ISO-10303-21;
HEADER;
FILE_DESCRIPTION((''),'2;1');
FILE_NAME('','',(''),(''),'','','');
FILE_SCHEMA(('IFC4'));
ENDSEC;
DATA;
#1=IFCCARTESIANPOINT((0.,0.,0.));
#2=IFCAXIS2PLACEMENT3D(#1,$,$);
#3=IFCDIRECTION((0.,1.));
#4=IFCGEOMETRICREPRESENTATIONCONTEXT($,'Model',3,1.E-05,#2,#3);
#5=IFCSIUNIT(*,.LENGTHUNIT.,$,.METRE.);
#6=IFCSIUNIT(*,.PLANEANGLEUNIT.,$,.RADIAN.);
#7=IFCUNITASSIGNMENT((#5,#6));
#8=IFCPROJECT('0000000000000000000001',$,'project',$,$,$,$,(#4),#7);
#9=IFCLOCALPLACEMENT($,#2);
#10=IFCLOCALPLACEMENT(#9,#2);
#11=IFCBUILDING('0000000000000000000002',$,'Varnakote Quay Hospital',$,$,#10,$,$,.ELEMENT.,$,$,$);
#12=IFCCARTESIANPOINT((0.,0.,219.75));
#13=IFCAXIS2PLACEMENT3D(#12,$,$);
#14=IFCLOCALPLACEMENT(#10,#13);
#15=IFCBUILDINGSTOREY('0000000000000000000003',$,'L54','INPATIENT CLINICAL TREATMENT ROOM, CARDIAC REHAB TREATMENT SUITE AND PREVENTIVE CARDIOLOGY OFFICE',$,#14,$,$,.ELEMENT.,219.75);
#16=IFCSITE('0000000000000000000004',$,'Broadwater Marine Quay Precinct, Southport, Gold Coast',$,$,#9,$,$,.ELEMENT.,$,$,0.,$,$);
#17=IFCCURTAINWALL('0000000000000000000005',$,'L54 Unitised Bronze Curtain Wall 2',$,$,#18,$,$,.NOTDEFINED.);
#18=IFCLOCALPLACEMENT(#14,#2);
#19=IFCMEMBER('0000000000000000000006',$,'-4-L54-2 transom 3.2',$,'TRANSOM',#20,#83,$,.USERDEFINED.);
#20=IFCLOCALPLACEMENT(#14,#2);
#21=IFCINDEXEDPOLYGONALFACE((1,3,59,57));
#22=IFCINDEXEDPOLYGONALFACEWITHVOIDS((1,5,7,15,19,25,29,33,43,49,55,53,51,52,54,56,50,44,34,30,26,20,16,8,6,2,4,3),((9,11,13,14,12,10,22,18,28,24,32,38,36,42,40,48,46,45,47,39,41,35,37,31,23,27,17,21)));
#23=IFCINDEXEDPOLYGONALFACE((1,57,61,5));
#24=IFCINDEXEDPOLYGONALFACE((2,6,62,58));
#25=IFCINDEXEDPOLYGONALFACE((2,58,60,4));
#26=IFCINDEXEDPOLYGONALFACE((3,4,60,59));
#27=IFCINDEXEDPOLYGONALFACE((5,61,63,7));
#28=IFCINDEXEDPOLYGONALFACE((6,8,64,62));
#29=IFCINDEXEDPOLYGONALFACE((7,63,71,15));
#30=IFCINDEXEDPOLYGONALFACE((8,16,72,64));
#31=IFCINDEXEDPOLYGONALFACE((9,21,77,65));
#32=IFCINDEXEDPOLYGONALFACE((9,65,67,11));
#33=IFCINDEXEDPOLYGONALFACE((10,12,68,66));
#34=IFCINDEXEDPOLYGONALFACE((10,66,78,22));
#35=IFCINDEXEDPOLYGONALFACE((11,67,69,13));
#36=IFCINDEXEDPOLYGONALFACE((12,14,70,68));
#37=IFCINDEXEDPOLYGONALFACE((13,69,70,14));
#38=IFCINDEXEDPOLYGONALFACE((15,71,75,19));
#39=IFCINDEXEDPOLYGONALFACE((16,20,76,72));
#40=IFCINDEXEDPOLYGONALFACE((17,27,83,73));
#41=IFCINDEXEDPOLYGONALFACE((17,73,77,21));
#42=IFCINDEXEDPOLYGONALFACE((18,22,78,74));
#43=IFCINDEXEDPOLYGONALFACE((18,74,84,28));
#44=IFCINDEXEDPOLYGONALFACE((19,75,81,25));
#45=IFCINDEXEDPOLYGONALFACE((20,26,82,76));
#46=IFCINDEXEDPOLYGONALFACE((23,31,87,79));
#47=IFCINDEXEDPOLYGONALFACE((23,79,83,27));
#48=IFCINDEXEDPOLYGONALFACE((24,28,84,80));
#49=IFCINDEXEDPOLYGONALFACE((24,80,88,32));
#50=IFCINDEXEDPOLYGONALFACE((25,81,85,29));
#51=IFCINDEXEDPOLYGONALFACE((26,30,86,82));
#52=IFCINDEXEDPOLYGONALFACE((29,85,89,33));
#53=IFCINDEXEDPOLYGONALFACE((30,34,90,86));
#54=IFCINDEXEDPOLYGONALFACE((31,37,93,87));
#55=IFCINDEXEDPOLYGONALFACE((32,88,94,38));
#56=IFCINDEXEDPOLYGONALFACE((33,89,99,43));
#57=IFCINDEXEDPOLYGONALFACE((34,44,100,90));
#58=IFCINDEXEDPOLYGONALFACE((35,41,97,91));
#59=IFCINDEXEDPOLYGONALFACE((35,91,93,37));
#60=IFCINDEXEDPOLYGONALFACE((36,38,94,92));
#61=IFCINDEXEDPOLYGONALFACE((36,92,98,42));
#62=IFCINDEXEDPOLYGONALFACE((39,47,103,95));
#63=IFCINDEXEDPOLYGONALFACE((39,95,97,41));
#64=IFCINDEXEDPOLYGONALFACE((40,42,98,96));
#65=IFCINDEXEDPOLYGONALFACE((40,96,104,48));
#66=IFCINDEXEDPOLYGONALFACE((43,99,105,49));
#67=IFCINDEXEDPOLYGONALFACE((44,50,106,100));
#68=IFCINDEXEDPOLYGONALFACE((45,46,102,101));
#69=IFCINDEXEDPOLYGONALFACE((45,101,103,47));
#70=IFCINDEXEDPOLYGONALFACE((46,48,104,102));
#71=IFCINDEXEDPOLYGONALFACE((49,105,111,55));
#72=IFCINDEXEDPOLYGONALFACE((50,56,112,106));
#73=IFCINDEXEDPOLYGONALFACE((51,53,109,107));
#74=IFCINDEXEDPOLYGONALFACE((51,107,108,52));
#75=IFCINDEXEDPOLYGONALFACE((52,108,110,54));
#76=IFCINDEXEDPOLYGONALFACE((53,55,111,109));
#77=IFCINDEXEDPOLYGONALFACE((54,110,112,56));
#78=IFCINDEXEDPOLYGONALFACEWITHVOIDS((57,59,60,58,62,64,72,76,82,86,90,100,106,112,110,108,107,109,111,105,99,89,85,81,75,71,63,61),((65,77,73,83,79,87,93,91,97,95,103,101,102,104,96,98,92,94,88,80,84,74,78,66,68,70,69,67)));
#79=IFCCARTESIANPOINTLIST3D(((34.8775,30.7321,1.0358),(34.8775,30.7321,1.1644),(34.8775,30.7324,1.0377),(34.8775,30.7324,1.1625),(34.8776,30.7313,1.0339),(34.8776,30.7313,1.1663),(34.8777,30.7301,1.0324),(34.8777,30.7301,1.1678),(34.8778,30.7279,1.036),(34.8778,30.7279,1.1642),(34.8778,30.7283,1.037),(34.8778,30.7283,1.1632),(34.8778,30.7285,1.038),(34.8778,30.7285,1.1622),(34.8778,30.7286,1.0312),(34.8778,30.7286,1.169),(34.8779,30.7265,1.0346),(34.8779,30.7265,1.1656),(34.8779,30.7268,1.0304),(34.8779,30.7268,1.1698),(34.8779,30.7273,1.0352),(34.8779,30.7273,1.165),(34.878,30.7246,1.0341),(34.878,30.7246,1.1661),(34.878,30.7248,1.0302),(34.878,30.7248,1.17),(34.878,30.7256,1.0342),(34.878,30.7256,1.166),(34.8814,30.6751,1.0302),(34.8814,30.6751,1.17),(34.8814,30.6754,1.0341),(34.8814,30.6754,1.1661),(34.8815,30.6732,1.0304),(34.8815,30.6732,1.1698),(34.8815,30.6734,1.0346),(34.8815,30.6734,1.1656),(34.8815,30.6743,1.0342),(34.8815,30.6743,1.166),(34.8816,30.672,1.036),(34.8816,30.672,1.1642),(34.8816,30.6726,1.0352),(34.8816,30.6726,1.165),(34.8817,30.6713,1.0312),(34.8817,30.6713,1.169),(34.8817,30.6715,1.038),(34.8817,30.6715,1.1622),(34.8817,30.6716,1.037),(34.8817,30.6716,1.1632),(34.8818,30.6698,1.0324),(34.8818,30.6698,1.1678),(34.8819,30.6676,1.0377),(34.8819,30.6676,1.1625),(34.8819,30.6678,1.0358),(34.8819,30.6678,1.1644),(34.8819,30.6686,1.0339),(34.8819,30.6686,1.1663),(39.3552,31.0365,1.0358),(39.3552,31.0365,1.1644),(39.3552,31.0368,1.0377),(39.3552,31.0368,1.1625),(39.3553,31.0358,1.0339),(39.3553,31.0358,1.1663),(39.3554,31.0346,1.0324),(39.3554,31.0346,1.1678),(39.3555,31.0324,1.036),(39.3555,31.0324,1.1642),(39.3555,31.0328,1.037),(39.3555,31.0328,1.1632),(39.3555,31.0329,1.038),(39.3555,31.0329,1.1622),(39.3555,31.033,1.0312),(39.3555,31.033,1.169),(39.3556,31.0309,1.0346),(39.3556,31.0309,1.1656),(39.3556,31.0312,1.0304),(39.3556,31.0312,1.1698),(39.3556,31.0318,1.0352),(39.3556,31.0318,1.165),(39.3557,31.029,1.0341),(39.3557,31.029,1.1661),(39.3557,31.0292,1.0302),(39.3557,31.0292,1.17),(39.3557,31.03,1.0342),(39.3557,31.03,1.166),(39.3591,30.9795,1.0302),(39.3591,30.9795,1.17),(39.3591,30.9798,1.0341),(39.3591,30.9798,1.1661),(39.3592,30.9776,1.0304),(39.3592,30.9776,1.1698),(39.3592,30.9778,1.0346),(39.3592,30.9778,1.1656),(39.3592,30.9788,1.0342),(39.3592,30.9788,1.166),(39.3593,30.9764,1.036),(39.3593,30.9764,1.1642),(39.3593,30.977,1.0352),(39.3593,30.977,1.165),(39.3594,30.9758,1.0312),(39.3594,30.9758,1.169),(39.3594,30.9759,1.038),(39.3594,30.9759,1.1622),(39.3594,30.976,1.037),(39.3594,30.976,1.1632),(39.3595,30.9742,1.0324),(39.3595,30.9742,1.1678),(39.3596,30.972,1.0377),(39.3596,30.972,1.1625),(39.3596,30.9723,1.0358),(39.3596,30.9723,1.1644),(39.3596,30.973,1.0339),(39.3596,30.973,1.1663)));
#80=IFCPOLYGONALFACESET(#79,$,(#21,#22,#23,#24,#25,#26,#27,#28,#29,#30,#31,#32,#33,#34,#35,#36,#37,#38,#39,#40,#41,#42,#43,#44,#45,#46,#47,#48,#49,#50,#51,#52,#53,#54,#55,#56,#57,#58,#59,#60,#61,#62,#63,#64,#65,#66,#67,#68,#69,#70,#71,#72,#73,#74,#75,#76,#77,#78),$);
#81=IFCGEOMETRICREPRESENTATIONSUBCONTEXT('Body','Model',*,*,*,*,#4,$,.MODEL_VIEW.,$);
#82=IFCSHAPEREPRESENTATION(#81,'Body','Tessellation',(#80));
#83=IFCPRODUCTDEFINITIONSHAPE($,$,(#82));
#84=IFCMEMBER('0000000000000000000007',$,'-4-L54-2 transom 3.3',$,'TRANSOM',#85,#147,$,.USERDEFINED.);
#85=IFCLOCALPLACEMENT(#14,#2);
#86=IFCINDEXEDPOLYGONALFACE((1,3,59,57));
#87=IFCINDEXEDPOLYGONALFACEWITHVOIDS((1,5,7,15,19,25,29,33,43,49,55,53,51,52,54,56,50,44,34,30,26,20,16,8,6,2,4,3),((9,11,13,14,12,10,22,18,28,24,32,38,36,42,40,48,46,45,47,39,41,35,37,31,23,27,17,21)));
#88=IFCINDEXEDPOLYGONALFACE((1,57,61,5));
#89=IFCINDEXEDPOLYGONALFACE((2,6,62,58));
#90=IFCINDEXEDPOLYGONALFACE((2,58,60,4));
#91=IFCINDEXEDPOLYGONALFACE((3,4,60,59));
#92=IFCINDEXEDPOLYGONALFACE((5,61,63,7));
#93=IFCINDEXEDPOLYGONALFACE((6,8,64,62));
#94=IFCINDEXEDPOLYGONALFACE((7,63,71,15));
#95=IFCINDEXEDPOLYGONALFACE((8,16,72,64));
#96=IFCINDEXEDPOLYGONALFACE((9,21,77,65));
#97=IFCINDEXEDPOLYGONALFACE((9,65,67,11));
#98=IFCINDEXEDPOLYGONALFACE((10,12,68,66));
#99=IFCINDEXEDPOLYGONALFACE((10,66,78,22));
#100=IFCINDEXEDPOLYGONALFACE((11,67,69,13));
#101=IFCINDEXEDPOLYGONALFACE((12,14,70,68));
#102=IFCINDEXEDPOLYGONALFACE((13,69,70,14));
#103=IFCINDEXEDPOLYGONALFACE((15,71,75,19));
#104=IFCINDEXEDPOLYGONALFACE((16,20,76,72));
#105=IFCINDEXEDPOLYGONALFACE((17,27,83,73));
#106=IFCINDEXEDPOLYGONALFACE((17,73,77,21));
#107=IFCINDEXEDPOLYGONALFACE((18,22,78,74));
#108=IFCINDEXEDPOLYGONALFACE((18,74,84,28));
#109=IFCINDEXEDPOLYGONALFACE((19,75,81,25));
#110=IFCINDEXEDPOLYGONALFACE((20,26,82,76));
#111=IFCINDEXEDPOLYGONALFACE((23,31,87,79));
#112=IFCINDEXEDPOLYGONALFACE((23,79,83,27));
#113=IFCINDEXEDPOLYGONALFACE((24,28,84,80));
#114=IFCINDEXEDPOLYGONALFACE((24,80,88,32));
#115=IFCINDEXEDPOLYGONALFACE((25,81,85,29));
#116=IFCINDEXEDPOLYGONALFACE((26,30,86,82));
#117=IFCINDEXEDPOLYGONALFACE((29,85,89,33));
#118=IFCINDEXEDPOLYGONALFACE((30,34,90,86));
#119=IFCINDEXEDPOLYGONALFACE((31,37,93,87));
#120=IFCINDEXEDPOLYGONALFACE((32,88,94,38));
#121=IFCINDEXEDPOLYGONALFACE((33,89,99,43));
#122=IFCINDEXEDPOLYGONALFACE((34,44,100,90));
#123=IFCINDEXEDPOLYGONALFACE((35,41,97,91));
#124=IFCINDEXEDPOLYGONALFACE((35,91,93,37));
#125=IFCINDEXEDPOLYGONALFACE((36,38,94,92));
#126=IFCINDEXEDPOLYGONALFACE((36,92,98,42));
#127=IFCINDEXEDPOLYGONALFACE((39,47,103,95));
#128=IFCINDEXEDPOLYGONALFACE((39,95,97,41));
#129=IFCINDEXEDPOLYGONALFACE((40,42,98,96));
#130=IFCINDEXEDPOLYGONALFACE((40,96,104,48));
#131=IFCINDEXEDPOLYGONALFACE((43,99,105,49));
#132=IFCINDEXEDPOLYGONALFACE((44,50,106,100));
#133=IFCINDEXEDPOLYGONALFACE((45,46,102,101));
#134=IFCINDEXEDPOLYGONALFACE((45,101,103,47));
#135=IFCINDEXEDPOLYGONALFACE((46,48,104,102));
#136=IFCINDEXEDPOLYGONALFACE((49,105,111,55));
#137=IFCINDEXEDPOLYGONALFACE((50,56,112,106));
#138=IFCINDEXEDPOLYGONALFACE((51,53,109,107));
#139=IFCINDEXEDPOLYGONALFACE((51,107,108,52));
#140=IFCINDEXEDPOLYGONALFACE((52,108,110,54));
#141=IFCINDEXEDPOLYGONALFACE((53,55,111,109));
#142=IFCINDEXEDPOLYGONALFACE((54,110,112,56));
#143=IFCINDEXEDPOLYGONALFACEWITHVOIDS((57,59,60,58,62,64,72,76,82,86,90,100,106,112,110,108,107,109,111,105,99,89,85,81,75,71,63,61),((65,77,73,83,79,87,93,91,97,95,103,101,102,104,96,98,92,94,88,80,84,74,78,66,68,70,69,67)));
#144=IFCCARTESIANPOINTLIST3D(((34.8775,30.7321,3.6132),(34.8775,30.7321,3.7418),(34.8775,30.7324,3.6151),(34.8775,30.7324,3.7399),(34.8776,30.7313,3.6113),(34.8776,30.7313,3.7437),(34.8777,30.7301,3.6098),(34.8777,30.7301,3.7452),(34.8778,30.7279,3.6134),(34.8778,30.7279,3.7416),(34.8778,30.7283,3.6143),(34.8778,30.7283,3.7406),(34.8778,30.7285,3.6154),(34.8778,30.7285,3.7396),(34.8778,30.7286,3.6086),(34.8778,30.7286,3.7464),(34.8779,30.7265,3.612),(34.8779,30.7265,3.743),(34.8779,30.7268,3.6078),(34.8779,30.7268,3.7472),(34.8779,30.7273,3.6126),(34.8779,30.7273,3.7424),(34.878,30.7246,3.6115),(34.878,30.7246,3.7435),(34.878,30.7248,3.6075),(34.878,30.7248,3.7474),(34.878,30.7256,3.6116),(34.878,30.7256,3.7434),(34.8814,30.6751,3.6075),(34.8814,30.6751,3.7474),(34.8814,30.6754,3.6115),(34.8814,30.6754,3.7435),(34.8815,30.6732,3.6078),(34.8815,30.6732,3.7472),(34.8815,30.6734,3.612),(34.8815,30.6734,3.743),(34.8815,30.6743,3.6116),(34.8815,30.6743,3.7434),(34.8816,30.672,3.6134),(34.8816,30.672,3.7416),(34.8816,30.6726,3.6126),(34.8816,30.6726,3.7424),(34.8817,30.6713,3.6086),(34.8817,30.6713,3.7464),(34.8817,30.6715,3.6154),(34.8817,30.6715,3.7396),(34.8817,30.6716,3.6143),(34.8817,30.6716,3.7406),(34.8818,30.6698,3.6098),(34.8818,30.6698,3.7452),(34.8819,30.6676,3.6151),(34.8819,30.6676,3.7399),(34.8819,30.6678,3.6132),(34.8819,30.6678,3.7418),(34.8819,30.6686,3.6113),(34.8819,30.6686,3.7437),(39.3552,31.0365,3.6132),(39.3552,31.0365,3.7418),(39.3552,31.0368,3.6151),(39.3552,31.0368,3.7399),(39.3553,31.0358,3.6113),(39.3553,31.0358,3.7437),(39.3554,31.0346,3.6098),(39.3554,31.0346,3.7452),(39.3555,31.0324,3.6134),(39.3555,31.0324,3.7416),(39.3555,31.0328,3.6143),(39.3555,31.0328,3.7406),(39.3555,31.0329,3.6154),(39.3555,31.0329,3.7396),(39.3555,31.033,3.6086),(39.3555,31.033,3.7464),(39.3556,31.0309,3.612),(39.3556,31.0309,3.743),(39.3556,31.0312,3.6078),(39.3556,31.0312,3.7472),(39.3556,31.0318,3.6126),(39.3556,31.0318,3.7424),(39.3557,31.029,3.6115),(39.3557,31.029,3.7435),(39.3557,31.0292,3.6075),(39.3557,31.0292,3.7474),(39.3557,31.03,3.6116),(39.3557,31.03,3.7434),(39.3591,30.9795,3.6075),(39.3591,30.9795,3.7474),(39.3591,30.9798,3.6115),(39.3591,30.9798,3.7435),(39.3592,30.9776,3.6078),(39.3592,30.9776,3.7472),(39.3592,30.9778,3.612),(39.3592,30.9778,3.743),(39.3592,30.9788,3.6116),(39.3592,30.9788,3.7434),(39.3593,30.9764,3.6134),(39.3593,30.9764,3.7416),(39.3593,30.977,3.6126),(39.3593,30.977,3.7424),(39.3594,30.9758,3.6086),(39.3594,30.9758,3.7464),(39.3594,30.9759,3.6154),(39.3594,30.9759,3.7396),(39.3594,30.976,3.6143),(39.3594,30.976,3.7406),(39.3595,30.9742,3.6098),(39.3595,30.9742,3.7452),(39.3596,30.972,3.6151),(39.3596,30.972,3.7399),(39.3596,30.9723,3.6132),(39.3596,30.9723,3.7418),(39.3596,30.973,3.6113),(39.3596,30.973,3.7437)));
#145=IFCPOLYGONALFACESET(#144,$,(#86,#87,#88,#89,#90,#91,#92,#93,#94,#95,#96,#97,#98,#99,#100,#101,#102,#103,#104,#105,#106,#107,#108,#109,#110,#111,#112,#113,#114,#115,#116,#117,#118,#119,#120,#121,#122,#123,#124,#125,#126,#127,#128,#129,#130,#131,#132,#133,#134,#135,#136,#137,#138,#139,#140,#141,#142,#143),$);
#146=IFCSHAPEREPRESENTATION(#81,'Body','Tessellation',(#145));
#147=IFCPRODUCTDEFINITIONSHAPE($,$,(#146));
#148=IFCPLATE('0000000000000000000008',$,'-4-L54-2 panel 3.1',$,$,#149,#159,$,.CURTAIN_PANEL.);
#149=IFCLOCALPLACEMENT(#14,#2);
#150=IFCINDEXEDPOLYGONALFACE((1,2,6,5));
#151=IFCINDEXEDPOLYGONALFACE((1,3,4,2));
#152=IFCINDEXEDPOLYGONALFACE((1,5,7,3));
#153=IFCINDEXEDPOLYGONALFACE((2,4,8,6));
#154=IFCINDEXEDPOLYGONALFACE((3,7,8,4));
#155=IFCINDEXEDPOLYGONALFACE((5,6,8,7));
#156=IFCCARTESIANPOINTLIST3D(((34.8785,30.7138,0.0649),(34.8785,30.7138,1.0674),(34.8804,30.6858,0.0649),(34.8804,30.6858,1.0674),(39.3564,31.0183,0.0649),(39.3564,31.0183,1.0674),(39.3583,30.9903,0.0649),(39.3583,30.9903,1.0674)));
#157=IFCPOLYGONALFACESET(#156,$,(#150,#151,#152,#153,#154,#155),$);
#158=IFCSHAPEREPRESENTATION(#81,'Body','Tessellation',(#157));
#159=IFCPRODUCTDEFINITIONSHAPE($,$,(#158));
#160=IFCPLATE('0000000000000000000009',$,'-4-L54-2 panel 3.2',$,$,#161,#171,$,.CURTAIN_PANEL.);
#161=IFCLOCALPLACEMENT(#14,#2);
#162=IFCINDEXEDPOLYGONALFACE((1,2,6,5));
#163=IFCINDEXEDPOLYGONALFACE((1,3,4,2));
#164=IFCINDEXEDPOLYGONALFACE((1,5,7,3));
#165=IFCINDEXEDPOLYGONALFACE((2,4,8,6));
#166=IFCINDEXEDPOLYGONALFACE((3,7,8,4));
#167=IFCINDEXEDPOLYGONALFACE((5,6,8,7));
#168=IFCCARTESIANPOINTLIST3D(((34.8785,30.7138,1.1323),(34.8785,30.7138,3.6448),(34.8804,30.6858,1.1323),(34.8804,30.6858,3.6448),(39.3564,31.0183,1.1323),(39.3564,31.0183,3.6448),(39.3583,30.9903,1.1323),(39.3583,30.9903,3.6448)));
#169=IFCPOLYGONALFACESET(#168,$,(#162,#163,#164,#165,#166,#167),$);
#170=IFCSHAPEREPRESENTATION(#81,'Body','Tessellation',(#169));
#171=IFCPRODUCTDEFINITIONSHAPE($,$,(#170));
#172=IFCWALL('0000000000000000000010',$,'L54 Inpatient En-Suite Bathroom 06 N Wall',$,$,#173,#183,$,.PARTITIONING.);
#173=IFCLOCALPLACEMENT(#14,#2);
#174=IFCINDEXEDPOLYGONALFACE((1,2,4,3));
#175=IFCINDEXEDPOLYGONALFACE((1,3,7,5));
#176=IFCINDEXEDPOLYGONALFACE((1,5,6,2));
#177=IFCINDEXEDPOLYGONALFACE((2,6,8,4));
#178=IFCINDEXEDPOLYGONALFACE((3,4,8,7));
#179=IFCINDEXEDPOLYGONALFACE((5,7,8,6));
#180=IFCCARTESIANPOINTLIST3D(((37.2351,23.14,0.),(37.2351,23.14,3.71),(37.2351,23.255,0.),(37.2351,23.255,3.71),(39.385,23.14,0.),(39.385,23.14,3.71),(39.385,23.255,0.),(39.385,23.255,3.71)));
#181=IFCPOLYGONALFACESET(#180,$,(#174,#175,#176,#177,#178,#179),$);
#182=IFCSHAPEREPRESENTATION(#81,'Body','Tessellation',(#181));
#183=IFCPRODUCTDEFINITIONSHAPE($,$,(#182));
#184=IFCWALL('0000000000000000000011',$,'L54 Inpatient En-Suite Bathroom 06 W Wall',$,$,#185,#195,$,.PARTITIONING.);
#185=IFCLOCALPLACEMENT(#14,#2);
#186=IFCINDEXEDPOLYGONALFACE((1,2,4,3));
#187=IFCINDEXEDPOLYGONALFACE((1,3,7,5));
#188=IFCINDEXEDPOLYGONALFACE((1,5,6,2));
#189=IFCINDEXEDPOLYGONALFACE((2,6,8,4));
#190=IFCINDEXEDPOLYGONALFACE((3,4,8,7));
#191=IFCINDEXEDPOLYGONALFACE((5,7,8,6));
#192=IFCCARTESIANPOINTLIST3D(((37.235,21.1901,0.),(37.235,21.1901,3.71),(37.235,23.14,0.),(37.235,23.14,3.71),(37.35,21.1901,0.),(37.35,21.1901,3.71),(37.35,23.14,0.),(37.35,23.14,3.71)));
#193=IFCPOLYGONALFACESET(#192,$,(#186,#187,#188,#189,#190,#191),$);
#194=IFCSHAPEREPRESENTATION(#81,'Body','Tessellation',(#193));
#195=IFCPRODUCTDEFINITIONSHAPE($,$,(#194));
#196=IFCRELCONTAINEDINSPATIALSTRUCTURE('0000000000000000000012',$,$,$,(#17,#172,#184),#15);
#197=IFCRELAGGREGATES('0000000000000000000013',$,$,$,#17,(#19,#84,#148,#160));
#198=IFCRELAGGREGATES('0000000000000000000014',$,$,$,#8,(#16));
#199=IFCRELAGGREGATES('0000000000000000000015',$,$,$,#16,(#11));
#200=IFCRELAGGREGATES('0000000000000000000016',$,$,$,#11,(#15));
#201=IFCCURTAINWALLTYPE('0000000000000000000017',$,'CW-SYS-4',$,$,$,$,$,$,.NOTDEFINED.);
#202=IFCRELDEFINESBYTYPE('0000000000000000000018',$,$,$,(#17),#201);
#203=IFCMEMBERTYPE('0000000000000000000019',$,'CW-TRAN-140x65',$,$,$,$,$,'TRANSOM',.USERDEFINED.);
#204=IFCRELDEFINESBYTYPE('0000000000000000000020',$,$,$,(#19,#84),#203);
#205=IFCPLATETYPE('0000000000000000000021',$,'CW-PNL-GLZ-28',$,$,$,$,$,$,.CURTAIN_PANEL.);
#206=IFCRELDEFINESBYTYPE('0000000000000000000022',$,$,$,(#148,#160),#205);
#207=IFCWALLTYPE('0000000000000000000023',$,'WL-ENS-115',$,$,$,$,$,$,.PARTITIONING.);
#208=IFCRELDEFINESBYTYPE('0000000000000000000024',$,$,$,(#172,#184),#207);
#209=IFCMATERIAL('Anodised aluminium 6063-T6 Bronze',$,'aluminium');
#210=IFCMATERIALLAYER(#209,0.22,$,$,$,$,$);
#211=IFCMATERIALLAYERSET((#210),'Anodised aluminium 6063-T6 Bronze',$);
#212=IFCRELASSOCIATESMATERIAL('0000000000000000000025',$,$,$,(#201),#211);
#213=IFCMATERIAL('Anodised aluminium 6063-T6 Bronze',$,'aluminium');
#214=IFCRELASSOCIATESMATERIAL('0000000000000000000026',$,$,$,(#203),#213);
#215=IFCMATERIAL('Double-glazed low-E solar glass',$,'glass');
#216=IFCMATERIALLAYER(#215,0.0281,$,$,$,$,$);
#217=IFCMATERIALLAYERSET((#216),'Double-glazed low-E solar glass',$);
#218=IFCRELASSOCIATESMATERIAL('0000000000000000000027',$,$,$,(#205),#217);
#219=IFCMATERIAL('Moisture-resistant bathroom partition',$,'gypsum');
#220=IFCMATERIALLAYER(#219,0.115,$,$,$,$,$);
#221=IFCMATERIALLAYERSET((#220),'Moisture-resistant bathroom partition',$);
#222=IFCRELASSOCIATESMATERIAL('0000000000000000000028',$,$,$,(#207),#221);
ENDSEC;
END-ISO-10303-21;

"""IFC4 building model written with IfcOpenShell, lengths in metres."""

from ifc_helpers import new_model, si_unit, direction, frame, frame_2d, origin, origin_2d, place, context, subcontext, project, spatial, rectangle, hollow_rectangle, extrude, material, layer, layer_set, material_profile, profile_set, type_object, element, aggregate, save


model = new_model("IFC4")

# Units and contexts
model_context = context("Model", 3, precision=1e-05, world=origin(), true_north=direction((0.0, 1.0)))
body_context = subcontext(model_context, "Body", "Model", "MODEL_VIEW")
ifc_project = project(units=[si_unit("LENGTHUNIT", "METRE"), si_unit("PLANEANGLEUNIT", "RADIAN")], contexts=[model_context])

# Site, building, storey
site_placement = place(None, origin())
site = spatial("IfcSite", under=ifc_project, at=site_placement, Name="Broadwater Marine Quay Precinct, Southport, Gold Coast", CompositionType="ELEMENT", RefElevation=0.0)
building_placement = place(site_placement, origin())
building = spatial("IfcBuilding", under=site, at=building_placement, Name="Varnakote Quay Hospital", CompositionType="ELEMENT")
storey_placement = place(building_placement, frame((0.0, 0.0, 219.75)))
storey = spatial("IfcBuildingStorey", under=building, at=storey_placement, Name="L54", Description="INPATIENT CLINICAL TREATMENT ROOM, CARDIAC REHAB TREATMENT SUITE AND PREVENTIVE CARDIOLOGY OFFICE", CompositionType="ELEMENT", Elevation=219.75)

# Curtain wall, members, plates
ifc_material_1 = material(Name="Anodised aluminium 6063-T6 Bronze", Category="aluminium")
ifc_layer_1 = layer(ifc_material_1, 0.22)
ifc_layer_set_1 = layer_set([ifc_layer_1], Name="Anodised aluminium 6063-T6 Bronze")
curtain_wall_type = type_object("IfcCurtainWallType", Name="CW-SYS-4", PredefinedType="NOTDEFINED", material=ifc_layer_set_1)
curtain_wall_placement = place(storey_placement, origin())
curtain_wall = element("IfcCurtainWall", 1, at=curtain_wall_placement, inside=storey, type_object=curtain_wall_type, Name="L54 Unitised Bronze Curtain Wall 2", PredefinedType="NOTDEFINED")
ifc_material_2 = material(Name="Anodised aluminium 6063-T6 Bronze", Category="aluminium")
ifc_material_profile_1 = material_profile(ifc_material_2, hollow_rectangle(XDim=0.0649, YDim=0.1399, WallThickness=0.0039, InnerFilletRadius=0.0039, OuterFilletRadius=0.0076, at=origin_2d()), Name="CW-TRAN-140x65")
ifc_profile_set_1 = profile_set([ifc_material_profile_1], Name="Anodised aluminium 6063-T6 Bronze")
member_type_1 = type_object("IfcMemberType", Name="CW-TRAN-140x65", ElementType="TRANSOM", PredefinedType="USERDEFINED", material=ifc_profile_set_1)
member_1_placement = place(storey_placement, frame((39.3574, 31.0044, 1.1001), z_axis=(-0.997697, -0.067833, 0.0), x_axis=(0.067833, -0.997697, 0.0)))
member_1 = element("IfcMember", 2, at=member_1_placement, type_object=member_type_1, Name="-4-L54-2 transom 3.2", ObjectType="TRANSOM", PredefinedType="USERDEFINED", context=body_context, shape_type="SweptSolid", body=[
    extrude(hollow_rectangle(XDim=0.0649, YDim=0.1399, WallThickness=0.0039, InnerFilletRadius=0.0039, OuterFilletRadius=0.0076, at=origin_2d()), origin(), (0.0, 0.0, 1.0), 4.488),
])
member_2_placement = place(storey_placement, frame((39.3574, 31.0044, 3.6775), z_axis=(-0.997697, -0.067833, 0.0), x_axis=(0.067833, -0.997697, 0.0)))
member_2 = element("IfcMember", 3, at=member_2_placement, type_object=member_type_1, Name="-4-L54-2 transom 3.3", ObjectType="TRANSOM", PredefinedType="USERDEFINED", context=body_context, shape_type="SweptSolid", body=[
    extrude(hollow_rectangle(XDim=0.0649, YDim=0.1399, WallThickness=0.0039, InnerFilletRadius=0.0039, OuterFilletRadius=0.0076, at=origin_2d()), origin(), (0.0, 0.0, 1.0), 4.488),
])
ifc_material_3 = material(Name="Double-glazed low-E solar glass", Category="glass")
ifc_layer_2 = layer(ifc_material_3, 0.0281)
ifc_layer_set_2 = layer_set([ifc_layer_2], Name="Double-glazed low-E solar glass")
plate_type = type_object("IfcPlateType", Name="CW-PNL-GLZ-28", PredefinedType="CURTAIN_PANEL", material=ifc_layer_set_2)
plate_1_placement = place(storey_placement, frame((37.1184, 30.8521, 0.0649), z_axis=(0.0, 0.0, 1.0), x_axis=(-0.997696, -0.067842, 0.0)))
plate_1 = element("IfcPlate", 4, at=plate_1_placement, type_object=plate_type, Name="-4-L54-2 panel 3.1", PredefinedType="CURTAIN_PANEL", context=body_context, shape_type="SweptSolid", body=[
    extrude(rectangle(XDim=4.4883, YDim=0.0281, at=origin_2d()), origin(), (0.0, 0.0, 1.0), 1.0024),
])
plate_2_placement = place(storey_placement, frame((37.1184, 30.8521, 1.1323), z_axis=(0.0, 0.0, 1.0), x_axis=(-0.997696, -0.067842, 0.0)))
plate_2 = element("IfcPlate", 5, at=plate_2_placement, type_object=plate_type, Name="-4-L54-2 panel 3.2", PredefinedType="CURTAIN_PANEL", context=body_context, shape_type="SweptSolid", body=[
    extrude(rectangle(XDim=4.4883, YDim=0.0281, at=origin_2d()), origin(), (0.0, 0.0, 1.0), 2.5125),
])
aggregate(curtain_wall, [member_1, member_2, plate_1, plate_2])

# Walls
ifc_material_4 = material(Name="Moisture-resistant bathroom partition", Category="gypsum")
ifc_layer_3 = layer(ifc_material_4, 0.115)
ifc_layer_set_3 = layer_set([ifc_layer_3], Name="Moisture-resistant bathroom partition")
wall_type_1 = type_object("IfcWallType", Name="WL-ENS-115", PredefinedType="PARTITIONING", material=ifc_layer_set_3)
wall_1_placement = place(storey_placement, frame((37.2351, 23.1975, 0.0), z_axis=(0.0, 0.0, 1.0), x_axis=(1.0, 0.0, 0.0)))
element("IfcWall", 6, at=wall_1_placement, inside=storey, type_object=wall_type_1, Name="L54 Inpatient En-Suite Bathroom 06 N Wall", PredefinedType="PARTITIONING", context=body_context, shape_type="SweptSolid", body=[
    extrude(rectangle(XDim=2.1499, YDim=0.115, at=frame_2d((1.075, 0.0))), origin(), (0.0, 0.0, 1.0), 3.71),
])
wall_2_placement = place(storey_placement, frame((37.2925, 21.1899, 0.0), z_axis=(0.0, 0.0, 1.0), x_axis=(0.0, 1.0, 0.0)))
element("IfcWall", 7, at=wall_2_placement, inside=storey, type_object=wall_type_1, Name="L54 Inpatient En-Suite Bathroom 06 W Wall", PredefinedType="PARTITIONING", context=body_context, shape_type="SweptSolid", body=[
    extrude(rectangle(XDim=1.95, YDim=0.115, at=frame_2d((0.9751, 0.0))), origin(), (0.0, 0.0, 1.0), 3.71),
])

save(model, "model.ifc")
